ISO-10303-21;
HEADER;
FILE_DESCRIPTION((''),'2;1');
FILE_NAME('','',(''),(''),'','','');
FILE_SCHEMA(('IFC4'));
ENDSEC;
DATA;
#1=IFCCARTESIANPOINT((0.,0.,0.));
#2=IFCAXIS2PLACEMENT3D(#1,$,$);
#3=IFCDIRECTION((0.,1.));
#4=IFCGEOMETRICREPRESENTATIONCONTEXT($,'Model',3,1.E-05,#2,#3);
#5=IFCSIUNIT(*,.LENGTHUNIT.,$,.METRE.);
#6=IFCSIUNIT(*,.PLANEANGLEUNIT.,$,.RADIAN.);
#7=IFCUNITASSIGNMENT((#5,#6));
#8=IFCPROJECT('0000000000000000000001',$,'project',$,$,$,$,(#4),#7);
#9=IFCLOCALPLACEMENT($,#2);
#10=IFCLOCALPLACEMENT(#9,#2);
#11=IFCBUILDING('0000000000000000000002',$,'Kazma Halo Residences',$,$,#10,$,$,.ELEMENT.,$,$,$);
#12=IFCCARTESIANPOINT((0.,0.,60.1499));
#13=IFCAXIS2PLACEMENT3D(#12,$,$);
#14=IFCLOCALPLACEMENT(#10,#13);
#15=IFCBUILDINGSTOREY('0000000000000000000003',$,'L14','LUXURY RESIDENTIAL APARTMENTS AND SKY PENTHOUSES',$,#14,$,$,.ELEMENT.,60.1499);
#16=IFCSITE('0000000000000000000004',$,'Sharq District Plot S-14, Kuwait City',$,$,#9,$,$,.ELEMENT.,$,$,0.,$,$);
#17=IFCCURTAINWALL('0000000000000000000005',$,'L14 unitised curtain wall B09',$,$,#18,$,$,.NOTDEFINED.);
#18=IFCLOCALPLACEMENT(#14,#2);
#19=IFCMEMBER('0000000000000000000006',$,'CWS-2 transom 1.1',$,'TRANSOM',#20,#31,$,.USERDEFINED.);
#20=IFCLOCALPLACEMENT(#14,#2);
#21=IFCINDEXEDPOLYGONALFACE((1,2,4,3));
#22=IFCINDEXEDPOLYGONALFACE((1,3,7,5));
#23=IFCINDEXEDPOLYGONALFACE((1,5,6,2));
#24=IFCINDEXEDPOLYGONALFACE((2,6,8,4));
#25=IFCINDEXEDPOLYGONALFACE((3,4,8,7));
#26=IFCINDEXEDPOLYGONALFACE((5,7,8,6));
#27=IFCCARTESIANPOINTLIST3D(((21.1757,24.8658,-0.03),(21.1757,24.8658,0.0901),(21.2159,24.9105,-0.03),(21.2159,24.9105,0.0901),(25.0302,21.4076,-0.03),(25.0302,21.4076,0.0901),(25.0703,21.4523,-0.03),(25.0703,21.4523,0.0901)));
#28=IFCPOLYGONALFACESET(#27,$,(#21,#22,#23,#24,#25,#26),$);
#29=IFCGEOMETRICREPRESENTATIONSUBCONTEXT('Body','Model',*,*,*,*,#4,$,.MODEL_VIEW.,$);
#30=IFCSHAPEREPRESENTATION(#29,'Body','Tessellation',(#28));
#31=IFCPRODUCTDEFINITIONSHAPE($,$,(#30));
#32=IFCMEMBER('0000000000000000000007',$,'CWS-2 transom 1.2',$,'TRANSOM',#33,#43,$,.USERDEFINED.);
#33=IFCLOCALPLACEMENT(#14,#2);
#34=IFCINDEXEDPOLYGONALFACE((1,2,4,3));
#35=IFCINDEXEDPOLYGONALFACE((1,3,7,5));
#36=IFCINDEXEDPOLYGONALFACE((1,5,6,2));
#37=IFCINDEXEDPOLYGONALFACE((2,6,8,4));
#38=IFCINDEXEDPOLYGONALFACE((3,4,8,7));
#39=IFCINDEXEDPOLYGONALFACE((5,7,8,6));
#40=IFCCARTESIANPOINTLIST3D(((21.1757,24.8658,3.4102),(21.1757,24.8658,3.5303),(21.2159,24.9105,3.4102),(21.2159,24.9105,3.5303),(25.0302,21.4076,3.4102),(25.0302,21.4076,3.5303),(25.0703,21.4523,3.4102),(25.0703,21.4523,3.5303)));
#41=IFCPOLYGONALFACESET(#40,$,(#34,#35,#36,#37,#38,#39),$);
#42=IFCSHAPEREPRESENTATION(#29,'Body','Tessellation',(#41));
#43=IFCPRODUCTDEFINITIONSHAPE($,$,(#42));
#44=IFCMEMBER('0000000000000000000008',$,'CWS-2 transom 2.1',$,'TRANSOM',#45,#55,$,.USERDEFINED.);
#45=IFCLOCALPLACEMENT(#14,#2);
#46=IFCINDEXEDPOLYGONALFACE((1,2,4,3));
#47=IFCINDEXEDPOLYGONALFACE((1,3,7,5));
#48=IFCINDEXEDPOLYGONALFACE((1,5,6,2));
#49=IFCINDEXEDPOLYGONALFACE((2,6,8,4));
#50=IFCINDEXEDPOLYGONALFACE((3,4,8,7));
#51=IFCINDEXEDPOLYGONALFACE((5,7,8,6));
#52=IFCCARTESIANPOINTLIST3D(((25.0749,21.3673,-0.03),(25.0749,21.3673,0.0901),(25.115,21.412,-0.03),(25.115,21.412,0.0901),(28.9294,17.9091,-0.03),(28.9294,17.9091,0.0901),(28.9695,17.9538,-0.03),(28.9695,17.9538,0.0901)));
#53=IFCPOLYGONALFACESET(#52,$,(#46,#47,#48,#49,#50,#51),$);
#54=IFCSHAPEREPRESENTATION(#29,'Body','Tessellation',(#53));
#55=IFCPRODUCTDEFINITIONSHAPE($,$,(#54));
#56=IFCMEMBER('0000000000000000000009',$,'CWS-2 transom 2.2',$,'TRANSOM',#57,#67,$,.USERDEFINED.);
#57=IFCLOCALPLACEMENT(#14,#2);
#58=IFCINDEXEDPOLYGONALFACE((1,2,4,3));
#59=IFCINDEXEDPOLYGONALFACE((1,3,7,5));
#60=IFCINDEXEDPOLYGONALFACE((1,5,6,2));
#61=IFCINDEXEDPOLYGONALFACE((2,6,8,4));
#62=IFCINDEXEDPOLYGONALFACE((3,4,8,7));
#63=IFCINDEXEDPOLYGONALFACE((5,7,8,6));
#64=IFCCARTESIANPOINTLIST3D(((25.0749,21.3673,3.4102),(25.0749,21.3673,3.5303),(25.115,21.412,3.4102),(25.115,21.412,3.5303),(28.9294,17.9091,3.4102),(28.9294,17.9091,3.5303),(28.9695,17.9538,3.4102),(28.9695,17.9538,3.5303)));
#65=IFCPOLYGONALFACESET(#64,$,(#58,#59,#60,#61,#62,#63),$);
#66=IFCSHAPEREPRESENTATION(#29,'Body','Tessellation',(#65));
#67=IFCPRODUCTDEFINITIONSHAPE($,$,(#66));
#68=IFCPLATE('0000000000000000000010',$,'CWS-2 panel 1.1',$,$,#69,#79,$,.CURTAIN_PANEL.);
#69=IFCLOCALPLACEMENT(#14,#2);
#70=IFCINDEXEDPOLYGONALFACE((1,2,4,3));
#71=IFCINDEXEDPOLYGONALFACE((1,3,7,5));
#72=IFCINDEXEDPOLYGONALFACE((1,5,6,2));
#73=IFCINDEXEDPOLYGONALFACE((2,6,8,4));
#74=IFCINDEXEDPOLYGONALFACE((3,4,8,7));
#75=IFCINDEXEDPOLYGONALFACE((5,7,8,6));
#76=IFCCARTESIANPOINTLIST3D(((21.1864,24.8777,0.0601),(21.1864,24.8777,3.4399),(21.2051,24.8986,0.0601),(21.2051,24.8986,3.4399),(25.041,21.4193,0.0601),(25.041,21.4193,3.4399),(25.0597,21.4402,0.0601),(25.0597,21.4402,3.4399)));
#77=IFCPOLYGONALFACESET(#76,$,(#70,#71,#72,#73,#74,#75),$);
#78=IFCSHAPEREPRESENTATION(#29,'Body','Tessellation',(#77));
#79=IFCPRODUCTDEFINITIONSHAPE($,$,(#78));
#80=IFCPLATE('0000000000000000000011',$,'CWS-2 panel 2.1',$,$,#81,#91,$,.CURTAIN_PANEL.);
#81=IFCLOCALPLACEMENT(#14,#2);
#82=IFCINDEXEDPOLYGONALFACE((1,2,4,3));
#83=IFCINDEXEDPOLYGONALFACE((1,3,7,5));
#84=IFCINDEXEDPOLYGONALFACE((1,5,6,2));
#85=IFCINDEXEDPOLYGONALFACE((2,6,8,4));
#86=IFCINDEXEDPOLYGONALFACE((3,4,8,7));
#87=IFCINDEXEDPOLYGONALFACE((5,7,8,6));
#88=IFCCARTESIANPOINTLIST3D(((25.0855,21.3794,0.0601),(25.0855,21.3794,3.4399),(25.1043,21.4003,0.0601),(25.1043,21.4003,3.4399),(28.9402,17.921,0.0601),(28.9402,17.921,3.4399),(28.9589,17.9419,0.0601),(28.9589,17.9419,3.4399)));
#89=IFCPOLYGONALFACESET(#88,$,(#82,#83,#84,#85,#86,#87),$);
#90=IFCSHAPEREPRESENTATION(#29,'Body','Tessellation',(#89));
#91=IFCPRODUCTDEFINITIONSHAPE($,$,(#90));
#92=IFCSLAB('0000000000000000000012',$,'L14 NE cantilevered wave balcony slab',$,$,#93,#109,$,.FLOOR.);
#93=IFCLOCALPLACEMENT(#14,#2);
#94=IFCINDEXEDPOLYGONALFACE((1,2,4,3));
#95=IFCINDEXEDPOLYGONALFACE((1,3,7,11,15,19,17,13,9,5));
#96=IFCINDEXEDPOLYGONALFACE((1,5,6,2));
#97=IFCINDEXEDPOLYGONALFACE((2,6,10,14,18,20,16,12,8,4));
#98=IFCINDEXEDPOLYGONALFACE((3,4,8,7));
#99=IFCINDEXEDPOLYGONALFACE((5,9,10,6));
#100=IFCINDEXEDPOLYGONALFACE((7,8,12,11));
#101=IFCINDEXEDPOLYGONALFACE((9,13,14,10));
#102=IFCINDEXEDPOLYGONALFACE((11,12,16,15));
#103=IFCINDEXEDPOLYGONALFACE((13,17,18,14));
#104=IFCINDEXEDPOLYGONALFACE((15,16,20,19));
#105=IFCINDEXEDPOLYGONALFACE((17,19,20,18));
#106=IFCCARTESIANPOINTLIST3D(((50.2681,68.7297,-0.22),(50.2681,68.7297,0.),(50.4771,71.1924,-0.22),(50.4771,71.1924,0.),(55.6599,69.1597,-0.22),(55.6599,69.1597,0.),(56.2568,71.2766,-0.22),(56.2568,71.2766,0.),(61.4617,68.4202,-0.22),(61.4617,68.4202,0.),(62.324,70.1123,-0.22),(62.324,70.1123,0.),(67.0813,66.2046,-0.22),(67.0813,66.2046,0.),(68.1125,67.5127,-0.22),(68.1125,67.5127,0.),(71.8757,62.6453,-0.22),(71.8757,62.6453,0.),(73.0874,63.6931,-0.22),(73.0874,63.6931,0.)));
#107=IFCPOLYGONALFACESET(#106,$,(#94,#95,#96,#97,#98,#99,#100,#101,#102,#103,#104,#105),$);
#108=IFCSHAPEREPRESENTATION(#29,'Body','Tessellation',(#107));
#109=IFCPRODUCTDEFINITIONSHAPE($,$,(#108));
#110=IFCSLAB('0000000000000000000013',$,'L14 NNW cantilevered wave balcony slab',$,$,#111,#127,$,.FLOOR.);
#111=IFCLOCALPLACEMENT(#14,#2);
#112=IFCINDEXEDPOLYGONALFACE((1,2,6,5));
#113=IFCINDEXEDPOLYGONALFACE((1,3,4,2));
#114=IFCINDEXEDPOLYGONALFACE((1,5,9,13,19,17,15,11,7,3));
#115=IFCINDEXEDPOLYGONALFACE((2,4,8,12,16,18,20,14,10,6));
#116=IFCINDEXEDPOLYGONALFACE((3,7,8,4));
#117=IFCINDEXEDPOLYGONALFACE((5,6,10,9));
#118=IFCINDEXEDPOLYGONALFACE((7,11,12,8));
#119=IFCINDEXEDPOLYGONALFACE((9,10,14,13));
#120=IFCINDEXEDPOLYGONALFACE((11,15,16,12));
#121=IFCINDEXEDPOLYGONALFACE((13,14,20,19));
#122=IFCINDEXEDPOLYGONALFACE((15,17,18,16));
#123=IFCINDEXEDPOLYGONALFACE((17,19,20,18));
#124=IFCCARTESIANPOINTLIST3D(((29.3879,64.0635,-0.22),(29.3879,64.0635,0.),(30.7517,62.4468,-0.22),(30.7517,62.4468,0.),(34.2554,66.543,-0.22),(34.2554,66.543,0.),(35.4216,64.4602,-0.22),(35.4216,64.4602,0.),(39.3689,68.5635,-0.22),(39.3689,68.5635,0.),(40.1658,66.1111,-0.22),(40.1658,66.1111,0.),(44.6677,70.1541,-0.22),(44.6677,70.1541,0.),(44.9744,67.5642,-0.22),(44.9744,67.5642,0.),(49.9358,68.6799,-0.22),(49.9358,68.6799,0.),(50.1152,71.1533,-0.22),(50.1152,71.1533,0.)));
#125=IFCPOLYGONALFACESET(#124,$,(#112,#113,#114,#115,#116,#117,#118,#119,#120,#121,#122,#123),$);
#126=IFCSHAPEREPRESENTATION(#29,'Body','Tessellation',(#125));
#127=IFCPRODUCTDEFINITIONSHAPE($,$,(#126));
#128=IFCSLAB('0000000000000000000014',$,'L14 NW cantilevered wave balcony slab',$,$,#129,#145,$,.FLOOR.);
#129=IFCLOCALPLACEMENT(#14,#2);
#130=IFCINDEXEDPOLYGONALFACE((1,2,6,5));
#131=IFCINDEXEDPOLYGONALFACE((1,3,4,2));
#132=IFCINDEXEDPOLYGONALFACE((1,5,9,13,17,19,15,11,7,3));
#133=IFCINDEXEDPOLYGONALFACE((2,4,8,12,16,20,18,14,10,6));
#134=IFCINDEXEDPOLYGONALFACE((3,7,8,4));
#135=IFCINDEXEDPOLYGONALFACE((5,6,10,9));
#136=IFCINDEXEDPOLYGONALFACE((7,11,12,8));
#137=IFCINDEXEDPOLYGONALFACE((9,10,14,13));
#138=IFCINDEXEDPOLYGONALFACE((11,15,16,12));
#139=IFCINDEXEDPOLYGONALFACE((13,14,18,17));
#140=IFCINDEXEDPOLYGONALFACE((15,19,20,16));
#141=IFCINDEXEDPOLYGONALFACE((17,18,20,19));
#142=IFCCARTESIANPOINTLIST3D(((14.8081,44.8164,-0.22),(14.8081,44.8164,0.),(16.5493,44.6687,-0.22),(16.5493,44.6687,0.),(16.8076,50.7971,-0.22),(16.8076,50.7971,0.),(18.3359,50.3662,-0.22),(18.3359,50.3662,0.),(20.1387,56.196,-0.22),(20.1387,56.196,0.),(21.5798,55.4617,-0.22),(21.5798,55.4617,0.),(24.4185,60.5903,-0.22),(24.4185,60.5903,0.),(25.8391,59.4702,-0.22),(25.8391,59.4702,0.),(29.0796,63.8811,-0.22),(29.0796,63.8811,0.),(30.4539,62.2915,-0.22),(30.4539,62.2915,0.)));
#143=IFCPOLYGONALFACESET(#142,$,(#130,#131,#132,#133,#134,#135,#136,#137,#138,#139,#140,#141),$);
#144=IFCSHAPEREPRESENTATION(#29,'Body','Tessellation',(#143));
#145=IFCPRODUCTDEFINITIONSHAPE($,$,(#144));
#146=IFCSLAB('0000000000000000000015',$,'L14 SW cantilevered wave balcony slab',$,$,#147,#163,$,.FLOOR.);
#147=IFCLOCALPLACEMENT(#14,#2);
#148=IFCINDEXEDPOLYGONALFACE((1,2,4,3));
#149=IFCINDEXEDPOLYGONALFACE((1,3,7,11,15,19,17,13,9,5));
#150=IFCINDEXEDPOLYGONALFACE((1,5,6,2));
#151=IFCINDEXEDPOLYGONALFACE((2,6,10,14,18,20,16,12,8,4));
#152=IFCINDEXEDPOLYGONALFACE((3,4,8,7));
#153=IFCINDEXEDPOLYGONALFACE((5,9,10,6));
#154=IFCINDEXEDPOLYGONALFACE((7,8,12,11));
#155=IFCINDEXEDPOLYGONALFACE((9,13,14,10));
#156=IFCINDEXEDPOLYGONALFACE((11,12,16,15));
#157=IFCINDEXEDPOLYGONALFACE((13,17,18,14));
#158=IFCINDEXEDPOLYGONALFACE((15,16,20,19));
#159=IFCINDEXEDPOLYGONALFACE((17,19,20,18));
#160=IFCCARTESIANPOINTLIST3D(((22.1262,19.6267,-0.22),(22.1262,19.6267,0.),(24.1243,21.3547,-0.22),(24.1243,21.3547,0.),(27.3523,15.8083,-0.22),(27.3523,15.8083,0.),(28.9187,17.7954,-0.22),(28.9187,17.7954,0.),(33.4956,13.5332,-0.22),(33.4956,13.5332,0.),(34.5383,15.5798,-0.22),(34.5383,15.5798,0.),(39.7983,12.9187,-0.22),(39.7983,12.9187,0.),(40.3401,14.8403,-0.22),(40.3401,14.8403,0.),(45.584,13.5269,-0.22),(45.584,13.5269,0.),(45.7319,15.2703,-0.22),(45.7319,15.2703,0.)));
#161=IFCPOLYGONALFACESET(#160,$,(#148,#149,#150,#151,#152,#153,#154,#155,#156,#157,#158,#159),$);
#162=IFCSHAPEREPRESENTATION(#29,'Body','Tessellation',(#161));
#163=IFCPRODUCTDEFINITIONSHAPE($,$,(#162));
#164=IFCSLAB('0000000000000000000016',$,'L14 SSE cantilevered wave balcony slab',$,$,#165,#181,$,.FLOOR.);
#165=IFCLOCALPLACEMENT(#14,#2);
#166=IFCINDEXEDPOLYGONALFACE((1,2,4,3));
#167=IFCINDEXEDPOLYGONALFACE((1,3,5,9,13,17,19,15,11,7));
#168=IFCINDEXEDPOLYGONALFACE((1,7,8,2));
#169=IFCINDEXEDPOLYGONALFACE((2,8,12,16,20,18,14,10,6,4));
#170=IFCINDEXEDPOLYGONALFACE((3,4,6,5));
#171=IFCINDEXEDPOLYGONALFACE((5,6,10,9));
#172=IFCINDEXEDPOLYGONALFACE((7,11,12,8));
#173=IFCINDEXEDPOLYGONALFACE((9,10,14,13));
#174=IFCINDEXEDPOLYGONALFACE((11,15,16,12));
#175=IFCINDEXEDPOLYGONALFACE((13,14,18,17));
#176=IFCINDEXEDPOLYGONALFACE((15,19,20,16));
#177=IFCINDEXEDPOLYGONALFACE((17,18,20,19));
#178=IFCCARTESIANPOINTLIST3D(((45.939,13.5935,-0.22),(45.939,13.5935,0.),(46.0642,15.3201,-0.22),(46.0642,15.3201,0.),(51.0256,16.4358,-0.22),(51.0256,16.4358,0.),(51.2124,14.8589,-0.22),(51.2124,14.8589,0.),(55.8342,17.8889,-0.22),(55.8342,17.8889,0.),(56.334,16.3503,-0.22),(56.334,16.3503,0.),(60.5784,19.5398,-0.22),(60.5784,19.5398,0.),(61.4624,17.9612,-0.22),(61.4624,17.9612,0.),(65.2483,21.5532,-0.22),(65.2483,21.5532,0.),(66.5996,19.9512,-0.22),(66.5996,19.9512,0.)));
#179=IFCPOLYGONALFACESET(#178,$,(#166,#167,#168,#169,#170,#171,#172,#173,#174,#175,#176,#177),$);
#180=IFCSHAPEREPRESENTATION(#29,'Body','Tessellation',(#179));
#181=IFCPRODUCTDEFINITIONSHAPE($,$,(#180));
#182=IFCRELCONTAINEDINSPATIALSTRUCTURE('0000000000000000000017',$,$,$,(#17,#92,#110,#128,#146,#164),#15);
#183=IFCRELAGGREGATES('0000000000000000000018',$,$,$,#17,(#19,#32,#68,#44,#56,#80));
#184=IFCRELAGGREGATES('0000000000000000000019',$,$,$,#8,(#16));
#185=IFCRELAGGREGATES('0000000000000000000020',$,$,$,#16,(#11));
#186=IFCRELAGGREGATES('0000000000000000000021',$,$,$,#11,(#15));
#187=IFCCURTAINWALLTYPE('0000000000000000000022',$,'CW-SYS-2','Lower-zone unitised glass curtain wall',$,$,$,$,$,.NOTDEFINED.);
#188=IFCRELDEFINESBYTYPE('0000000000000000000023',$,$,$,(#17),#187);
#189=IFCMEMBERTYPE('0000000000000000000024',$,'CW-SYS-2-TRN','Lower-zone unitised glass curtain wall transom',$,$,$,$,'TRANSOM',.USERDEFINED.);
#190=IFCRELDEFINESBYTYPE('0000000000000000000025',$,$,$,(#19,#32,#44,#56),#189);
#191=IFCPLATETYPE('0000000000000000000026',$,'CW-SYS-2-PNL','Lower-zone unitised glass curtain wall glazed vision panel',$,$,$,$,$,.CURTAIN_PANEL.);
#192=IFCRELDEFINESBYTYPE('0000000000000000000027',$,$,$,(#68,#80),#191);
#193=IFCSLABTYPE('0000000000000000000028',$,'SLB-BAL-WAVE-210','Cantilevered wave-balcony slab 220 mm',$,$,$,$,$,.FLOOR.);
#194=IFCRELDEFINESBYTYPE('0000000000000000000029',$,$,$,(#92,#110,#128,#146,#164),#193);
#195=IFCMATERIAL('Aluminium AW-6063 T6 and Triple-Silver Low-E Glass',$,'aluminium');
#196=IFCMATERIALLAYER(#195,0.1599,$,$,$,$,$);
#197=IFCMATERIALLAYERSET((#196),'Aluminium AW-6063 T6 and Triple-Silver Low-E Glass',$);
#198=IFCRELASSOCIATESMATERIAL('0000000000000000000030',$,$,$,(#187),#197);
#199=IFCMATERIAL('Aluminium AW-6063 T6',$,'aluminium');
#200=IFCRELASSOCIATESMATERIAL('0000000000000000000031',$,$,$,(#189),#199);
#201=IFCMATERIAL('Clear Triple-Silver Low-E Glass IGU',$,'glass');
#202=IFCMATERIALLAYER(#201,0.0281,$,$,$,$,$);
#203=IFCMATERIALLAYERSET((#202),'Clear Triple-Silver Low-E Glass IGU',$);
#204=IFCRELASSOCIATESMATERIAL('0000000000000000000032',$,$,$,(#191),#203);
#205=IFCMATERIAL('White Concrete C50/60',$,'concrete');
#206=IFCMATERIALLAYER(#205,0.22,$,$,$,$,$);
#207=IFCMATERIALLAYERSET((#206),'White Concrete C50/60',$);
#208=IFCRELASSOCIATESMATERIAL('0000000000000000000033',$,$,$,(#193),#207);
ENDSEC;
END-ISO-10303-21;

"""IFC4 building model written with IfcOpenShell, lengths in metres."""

from ifc_helpers import new_model, si_unit, direction, frame, origin, origin_2d, place, context, subcontext, project, spatial, polyline, rectangle, outline, extrude, material, layer, layer_set, material_profile, profile_set, type_object, element, aggregate, save


model = new_model("IFC4")

# Units and contexts
model_context = context("Model", 3, precision=1e-05, world=origin(), true_north=direction((0.0, 1.0)))
body_context = subcontext(model_context, "Body", "Model", "MODEL_VIEW")
ifc_project = project(units=[si_unit("LENGTHUNIT", "METRE"), si_unit("PLANEANGLEUNIT", "RADIAN")], contexts=[model_context])

# Site, building, storey
site_placement = place(None, origin())
site = spatial("IfcSite", under=ifc_project, at=site_placement, Name="Sharq District Plot S-14, Kuwait City", CompositionType="ELEMENT", RefElevation=0.0)
building_placement = place(site_placement, origin())
building = spatial("IfcBuilding", under=site, at=building_placement, Name="Kazma Halo Residences", CompositionType="ELEMENT")
storey_placement = place(building_placement, frame((0.0, 0.0, 60.1499)))
storey = spatial("IfcBuildingStorey", under=building, at=storey_placement, Name="L14", Description="LUXURY RESIDENTIAL APARTMENTS AND SKY PENTHOUSES", CompositionType="ELEMENT", Elevation=60.1499)

# Curtain wall, members, plates
ifc_material_1 = material(Name="Aluminium AW-6063 T6 and Triple-Silver Low-E Glass", Category="aluminium")
ifc_layer_1 = layer(ifc_material_1, 0.1599)
ifc_layer_set_1 = layer_set([ifc_layer_1], Name="Aluminium AW-6063 T6 and Triple-Silver Low-E Glass")
curtain_wall_type = type_object("IfcCurtainWallType", Name="CW-SYS-2", Description="Lower-zone unitised glass curtain wall", PredefinedType="NOTDEFINED", material=ifc_layer_set_1)
curtain_wall_placement = place(storey_placement, origin())
curtain_wall = element("IfcCurtainWall", 1, at=curtain_wall_placement, inside=storey, type_object=curtain_wall_type, Name="L14 unitised curtain wall B09", PredefinedType="NOTDEFINED")
ifc_material_2 = material(Name="Aluminium AW-6063 T6", Category="aluminium")
ifc_material_profile_1 = material_profile(ifc_material_2, rectangle(XDim=0.0601, YDim=0.1201, at=origin_2d()), Name="CWT-60x120")
ifc_profile_set_1 = profile_set([ifc_material_profile_1], Name="Aluminium AW-6063 T6")
member_type_1 = type_object("IfcMemberType", Name="CW-SYS-2-TRN", Description="Lower-zone unitised glass curtain wall transom", ElementType="TRANSOM", PredefinedType="USERDEFINED", material=ifc_profile_set_1)
member_1_placement = place(storey_placement, frame((21.1958, 24.8882, 0.03), z_axis=(0.744329, -0.667813, 0.0), x_axis=(0.667813, 0.744329, 0.0)))
member_1 = element("IfcMember", 2, at=member_1_placement, type_object=member_type_1, Name="CWS-2 transom 1.1", ObjectType="TRANSOM", PredefinedType="USERDEFINED", context=body_context, shape_type="SweptSolid", body=[
    extrude(rectangle(XDim=0.0601, YDim=0.1201, at=origin_2d()), origin(), (0.0, 0.0, 1.0), 5.1785),
])
member_2_placement = place(storey_placement, frame((21.1958, 24.8882, 3.4702), z_axis=(0.744329, -0.667813, 0.0), x_axis=(0.667813, 0.744329, 0.0)))
member_2 = element("IfcMember", 3, at=member_2_placement, type_object=member_type_1, Name="CWS-2 transom 1.2", ObjectType="TRANSOM", PredefinedType="USERDEFINED", context=body_context, shape_type="SweptSolid", body=[
    extrude(rectangle(XDim=0.0601, YDim=0.1201, at=origin_2d()), origin(), (0.0, 0.0, 1.0), 5.1785),
])
member_3_placement = place(storey_placement, frame((25.095, 21.3896, 0.03), z_axis=(0.744329, -0.667813, 0.0), x_axis=(0.667813, 0.744329, 0.0)))
member_3 = element("IfcMember", 4, at=member_3_placement, type_object=member_type_1, Name="CWS-2 transom 2.1", ObjectType="TRANSOM", PredefinedType="USERDEFINED", context=body_context, shape_type="SweptSolid", body=[
    extrude(rectangle(XDim=0.0601, YDim=0.1201, at=origin_2d()), origin(), (0.0, 0.0, 1.0), 5.1785),
])
member_4_placement = place(storey_placement, frame((25.095, 21.3896, 3.4702), z_axis=(0.744329, -0.667813, 0.0), x_axis=(0.667813, 0.744329, 0.0)))
member_4 = element("IfcMember", 5, at=member_4_placement, type_object=member_type_1, Name="CWS-2 transom 2.2", ObjectType="TRANSOM", PredefinedType="USERDEFINED", context=body_context, shape_type="SweptSolid", body=[
    extrude(rectangle(XDim=0.0601, YDim=0.1201, at=origin_2d()), origin(), (0.0, 0.0, 1.0), 5.1785),
])
ifc_material_3 = material(Name="Clear Triple-Silver Low-E Glass IGU", Category="glass")
ifc_layer_2 = layer(ifc_material_3, 0.0281)
ifc_layer_set_2 = layer_set([ifc_layer_2], Name="Clear Triple-Silver Low-E Glass IGU")
plate_type = type_object("IfcPlateType", Name="CW-SYS-2-PNL", Description="Lower-zone unitised glass curtain wall glazed vision panel", PredefinedType="CURTAIN_PANEL", material=ifc_layer_set_2)
plate_1_placement = place(storey_placement, frame((23.123, 23.1589, 0.0601), z_axis=(0.0, 0.0, 1.0), x_axis=(0.744322, -0.667821, 0.0)))
plate_1 = element("IfcPlate", 6, at=plate_1_placement, type_object=plate_type, Name="CWS-2 panel 1.1", PredefinedType="CURTAIN_PANEL", context=body_context, shape_type="SweptSolid", body=[
    extrude(rectangle(XDim=5.1787, YDim=0.0281, at=origin_2d()), origin(), (0.0, 0.0, 1.0), 3.3799),
])
plate_2_placement = place(storey_placement, frame((27.0222, 19.6606, 0.0601), z_axis=(0.0, 0.0, 1.0), x_axis=(0.744322, -0.667821, 0.0)))
plate_2 = element("IfcPlate", 7, at=plate_2_placement, type_object=plate_type, Name="CWS-2 panel 2.1", PredefinedType="CURTAIN_PANEL", context=body_context, shape_type="SweptSolid", body=[
    extrude(rectangle(XDim=5.1787, YDim=0.0281, at=origin_2d()), origin(), (0.0, 0.0, 1.0), 3.3799),
])
aggregate(curtain_wall, [member_1, member_2, plate_1, member_3, member_4, plate_2])

# Slabs
ifc_material_4 = material(Name="White Concrete C50/60", Category="concrete")
ifc_layer_3 = layer(ifc_material_4, 0.22)
ifc_layer_set_3 = layer_set([ifc_layer_3], Name="White Concrete C50/60")
slab_type_1 = type_object("IfcSlabType", Name="SLB-BAL-WAVE-210", Description="Cantilevered wave-balcony slab 220 mm", PredefinedType="FLOOR", material=ifc_layer_set_3)
slab_1_placement = place(storey_placement, frame((0.0, 0.0, -0.22)))
element("IfcSlab", 8, at=slab_1_placement, inside=storey, type_object=slab_type_1, Name="L14 NE cantilevered wave balcony slab", PredefinedType="FLOOR", context=body_context, shape_type="SweptSolid", body=[
    extrude(outline(polyline([(71.8757, 62.6453), (67.0813, 66.2046), (61.4617, 68.4202), (55.6599, 69.1597), (50.2681, 68.7297), (50.4771, 71.1924), (56.2568, 71.2766), (62.324, 70.1123), (68.1125, 67.5127), (73.0874, 63.6931), (71.8757, 62.6453)])), origin(), (0.0, 0.0, 1.0), 0.22),
])
slab_2_placement = place(storey_placement, frame((0.0, 0.0, -0.22)))
element("IfcSlab", 9, at=slab_2_placement, inside=storey, type_object=slab_type_1, Name="L14 NNW cantilevered wave balcony slab", PredefinedType="FLOOR", context=body_context, shape_type="SweptSolid", body=[
    extrude(outline(polyline([(49.9358, 68.6799), (44.9744, 67.5642), (40.1658, 66.1111), (35.4216, 64.4602), (30.7517, 62.4468), (29.3879, 64.0635), (34.2554, 66.543), (39.3689, 68.5635), (44.6677, 70.1541), (50.1152, 71.1533), (49.9358, 68.6799)])), origin(), (0.0, 0.0, 1.0), 0.22),
])
slab_3_placement = place(storey_placement, frame((0.0, 0.0, -0.22)))
element("IfcSlab", 10, at=slab_3_placement, inside=storey, type_object=slab_type_1, Name="L14 NW cantilevered wave balcony slab", PredefinedType="FLOOR", context=body_context, shape_type="SweptSolid", body=[
    extrude(outline(polyline([(30.4539, 62.2915), (25.8391, 59.4702), (21.5798, 55.4617), (18.3359, 50.3662), (16.5493, 44.6687), (14.8081, 44.8164), (16.8076, 50.7971), (20.1387, 56.196), (24.4185, 60.5903), (29.0796, 63.8811), (30.4539, 62.2915)])), origin(), (0.0, 0.0, 1.0), 0.22),
])
slab_4_placement = place(storey_placement, frame((0.0, 0.0, -0.22)))
element("IfcSlab", 11, at=slab_4_placement, inside=storey, type_object=slab_type_1, Name="L14 SW cantilevered wave balcony slab", PredefinedType="FLOOR", context=body_context, shape_type="SweptSolid", body=[
    extrude(outline(polyline([(24.1243, 21.3547), (28.9187, 17.7954), (34.5383, 15.5798), (40.3401, 14.8403), (45.7319, 15.2703), (45.584, 13.5269), (39.7983, 12.9187), (33.4956, 13.5332), (27.3523, 15.8083), (22.1262, 19.6267), (24.1243, 21.3547)])), origin(), (0.0, 0.0, 1.0), 0.22),
])
slab_5_placement = place(storey_placement, frame((0.0, 0.0, -0.22)))
element("IfcSlab", 12, at=slab_5_placement, inside=storey, type_object=slab_type_1, Name="L14 SSE cantilevered wave balcony slab", PredefinedType="FLOOR", context=body_context, shape_type="SweptSolid", body=[
    extrude(outline(polyline([(46.0642, 15.3201), (51.0256, 16.4358), (55.8342, 17.8889), (60.5784, 19.5398), (65.2483, 21.5532), (66.5996, 19.9512), (61.4624, 17.9612), (56.334, 16.3503), (51.2124, 14.8589), (45.939, 13.5935), (46.0642, 15.3201)])), origin(), (0.0, 0.0, 1.0), 0.22),
])

save(model, "model.ifc")
